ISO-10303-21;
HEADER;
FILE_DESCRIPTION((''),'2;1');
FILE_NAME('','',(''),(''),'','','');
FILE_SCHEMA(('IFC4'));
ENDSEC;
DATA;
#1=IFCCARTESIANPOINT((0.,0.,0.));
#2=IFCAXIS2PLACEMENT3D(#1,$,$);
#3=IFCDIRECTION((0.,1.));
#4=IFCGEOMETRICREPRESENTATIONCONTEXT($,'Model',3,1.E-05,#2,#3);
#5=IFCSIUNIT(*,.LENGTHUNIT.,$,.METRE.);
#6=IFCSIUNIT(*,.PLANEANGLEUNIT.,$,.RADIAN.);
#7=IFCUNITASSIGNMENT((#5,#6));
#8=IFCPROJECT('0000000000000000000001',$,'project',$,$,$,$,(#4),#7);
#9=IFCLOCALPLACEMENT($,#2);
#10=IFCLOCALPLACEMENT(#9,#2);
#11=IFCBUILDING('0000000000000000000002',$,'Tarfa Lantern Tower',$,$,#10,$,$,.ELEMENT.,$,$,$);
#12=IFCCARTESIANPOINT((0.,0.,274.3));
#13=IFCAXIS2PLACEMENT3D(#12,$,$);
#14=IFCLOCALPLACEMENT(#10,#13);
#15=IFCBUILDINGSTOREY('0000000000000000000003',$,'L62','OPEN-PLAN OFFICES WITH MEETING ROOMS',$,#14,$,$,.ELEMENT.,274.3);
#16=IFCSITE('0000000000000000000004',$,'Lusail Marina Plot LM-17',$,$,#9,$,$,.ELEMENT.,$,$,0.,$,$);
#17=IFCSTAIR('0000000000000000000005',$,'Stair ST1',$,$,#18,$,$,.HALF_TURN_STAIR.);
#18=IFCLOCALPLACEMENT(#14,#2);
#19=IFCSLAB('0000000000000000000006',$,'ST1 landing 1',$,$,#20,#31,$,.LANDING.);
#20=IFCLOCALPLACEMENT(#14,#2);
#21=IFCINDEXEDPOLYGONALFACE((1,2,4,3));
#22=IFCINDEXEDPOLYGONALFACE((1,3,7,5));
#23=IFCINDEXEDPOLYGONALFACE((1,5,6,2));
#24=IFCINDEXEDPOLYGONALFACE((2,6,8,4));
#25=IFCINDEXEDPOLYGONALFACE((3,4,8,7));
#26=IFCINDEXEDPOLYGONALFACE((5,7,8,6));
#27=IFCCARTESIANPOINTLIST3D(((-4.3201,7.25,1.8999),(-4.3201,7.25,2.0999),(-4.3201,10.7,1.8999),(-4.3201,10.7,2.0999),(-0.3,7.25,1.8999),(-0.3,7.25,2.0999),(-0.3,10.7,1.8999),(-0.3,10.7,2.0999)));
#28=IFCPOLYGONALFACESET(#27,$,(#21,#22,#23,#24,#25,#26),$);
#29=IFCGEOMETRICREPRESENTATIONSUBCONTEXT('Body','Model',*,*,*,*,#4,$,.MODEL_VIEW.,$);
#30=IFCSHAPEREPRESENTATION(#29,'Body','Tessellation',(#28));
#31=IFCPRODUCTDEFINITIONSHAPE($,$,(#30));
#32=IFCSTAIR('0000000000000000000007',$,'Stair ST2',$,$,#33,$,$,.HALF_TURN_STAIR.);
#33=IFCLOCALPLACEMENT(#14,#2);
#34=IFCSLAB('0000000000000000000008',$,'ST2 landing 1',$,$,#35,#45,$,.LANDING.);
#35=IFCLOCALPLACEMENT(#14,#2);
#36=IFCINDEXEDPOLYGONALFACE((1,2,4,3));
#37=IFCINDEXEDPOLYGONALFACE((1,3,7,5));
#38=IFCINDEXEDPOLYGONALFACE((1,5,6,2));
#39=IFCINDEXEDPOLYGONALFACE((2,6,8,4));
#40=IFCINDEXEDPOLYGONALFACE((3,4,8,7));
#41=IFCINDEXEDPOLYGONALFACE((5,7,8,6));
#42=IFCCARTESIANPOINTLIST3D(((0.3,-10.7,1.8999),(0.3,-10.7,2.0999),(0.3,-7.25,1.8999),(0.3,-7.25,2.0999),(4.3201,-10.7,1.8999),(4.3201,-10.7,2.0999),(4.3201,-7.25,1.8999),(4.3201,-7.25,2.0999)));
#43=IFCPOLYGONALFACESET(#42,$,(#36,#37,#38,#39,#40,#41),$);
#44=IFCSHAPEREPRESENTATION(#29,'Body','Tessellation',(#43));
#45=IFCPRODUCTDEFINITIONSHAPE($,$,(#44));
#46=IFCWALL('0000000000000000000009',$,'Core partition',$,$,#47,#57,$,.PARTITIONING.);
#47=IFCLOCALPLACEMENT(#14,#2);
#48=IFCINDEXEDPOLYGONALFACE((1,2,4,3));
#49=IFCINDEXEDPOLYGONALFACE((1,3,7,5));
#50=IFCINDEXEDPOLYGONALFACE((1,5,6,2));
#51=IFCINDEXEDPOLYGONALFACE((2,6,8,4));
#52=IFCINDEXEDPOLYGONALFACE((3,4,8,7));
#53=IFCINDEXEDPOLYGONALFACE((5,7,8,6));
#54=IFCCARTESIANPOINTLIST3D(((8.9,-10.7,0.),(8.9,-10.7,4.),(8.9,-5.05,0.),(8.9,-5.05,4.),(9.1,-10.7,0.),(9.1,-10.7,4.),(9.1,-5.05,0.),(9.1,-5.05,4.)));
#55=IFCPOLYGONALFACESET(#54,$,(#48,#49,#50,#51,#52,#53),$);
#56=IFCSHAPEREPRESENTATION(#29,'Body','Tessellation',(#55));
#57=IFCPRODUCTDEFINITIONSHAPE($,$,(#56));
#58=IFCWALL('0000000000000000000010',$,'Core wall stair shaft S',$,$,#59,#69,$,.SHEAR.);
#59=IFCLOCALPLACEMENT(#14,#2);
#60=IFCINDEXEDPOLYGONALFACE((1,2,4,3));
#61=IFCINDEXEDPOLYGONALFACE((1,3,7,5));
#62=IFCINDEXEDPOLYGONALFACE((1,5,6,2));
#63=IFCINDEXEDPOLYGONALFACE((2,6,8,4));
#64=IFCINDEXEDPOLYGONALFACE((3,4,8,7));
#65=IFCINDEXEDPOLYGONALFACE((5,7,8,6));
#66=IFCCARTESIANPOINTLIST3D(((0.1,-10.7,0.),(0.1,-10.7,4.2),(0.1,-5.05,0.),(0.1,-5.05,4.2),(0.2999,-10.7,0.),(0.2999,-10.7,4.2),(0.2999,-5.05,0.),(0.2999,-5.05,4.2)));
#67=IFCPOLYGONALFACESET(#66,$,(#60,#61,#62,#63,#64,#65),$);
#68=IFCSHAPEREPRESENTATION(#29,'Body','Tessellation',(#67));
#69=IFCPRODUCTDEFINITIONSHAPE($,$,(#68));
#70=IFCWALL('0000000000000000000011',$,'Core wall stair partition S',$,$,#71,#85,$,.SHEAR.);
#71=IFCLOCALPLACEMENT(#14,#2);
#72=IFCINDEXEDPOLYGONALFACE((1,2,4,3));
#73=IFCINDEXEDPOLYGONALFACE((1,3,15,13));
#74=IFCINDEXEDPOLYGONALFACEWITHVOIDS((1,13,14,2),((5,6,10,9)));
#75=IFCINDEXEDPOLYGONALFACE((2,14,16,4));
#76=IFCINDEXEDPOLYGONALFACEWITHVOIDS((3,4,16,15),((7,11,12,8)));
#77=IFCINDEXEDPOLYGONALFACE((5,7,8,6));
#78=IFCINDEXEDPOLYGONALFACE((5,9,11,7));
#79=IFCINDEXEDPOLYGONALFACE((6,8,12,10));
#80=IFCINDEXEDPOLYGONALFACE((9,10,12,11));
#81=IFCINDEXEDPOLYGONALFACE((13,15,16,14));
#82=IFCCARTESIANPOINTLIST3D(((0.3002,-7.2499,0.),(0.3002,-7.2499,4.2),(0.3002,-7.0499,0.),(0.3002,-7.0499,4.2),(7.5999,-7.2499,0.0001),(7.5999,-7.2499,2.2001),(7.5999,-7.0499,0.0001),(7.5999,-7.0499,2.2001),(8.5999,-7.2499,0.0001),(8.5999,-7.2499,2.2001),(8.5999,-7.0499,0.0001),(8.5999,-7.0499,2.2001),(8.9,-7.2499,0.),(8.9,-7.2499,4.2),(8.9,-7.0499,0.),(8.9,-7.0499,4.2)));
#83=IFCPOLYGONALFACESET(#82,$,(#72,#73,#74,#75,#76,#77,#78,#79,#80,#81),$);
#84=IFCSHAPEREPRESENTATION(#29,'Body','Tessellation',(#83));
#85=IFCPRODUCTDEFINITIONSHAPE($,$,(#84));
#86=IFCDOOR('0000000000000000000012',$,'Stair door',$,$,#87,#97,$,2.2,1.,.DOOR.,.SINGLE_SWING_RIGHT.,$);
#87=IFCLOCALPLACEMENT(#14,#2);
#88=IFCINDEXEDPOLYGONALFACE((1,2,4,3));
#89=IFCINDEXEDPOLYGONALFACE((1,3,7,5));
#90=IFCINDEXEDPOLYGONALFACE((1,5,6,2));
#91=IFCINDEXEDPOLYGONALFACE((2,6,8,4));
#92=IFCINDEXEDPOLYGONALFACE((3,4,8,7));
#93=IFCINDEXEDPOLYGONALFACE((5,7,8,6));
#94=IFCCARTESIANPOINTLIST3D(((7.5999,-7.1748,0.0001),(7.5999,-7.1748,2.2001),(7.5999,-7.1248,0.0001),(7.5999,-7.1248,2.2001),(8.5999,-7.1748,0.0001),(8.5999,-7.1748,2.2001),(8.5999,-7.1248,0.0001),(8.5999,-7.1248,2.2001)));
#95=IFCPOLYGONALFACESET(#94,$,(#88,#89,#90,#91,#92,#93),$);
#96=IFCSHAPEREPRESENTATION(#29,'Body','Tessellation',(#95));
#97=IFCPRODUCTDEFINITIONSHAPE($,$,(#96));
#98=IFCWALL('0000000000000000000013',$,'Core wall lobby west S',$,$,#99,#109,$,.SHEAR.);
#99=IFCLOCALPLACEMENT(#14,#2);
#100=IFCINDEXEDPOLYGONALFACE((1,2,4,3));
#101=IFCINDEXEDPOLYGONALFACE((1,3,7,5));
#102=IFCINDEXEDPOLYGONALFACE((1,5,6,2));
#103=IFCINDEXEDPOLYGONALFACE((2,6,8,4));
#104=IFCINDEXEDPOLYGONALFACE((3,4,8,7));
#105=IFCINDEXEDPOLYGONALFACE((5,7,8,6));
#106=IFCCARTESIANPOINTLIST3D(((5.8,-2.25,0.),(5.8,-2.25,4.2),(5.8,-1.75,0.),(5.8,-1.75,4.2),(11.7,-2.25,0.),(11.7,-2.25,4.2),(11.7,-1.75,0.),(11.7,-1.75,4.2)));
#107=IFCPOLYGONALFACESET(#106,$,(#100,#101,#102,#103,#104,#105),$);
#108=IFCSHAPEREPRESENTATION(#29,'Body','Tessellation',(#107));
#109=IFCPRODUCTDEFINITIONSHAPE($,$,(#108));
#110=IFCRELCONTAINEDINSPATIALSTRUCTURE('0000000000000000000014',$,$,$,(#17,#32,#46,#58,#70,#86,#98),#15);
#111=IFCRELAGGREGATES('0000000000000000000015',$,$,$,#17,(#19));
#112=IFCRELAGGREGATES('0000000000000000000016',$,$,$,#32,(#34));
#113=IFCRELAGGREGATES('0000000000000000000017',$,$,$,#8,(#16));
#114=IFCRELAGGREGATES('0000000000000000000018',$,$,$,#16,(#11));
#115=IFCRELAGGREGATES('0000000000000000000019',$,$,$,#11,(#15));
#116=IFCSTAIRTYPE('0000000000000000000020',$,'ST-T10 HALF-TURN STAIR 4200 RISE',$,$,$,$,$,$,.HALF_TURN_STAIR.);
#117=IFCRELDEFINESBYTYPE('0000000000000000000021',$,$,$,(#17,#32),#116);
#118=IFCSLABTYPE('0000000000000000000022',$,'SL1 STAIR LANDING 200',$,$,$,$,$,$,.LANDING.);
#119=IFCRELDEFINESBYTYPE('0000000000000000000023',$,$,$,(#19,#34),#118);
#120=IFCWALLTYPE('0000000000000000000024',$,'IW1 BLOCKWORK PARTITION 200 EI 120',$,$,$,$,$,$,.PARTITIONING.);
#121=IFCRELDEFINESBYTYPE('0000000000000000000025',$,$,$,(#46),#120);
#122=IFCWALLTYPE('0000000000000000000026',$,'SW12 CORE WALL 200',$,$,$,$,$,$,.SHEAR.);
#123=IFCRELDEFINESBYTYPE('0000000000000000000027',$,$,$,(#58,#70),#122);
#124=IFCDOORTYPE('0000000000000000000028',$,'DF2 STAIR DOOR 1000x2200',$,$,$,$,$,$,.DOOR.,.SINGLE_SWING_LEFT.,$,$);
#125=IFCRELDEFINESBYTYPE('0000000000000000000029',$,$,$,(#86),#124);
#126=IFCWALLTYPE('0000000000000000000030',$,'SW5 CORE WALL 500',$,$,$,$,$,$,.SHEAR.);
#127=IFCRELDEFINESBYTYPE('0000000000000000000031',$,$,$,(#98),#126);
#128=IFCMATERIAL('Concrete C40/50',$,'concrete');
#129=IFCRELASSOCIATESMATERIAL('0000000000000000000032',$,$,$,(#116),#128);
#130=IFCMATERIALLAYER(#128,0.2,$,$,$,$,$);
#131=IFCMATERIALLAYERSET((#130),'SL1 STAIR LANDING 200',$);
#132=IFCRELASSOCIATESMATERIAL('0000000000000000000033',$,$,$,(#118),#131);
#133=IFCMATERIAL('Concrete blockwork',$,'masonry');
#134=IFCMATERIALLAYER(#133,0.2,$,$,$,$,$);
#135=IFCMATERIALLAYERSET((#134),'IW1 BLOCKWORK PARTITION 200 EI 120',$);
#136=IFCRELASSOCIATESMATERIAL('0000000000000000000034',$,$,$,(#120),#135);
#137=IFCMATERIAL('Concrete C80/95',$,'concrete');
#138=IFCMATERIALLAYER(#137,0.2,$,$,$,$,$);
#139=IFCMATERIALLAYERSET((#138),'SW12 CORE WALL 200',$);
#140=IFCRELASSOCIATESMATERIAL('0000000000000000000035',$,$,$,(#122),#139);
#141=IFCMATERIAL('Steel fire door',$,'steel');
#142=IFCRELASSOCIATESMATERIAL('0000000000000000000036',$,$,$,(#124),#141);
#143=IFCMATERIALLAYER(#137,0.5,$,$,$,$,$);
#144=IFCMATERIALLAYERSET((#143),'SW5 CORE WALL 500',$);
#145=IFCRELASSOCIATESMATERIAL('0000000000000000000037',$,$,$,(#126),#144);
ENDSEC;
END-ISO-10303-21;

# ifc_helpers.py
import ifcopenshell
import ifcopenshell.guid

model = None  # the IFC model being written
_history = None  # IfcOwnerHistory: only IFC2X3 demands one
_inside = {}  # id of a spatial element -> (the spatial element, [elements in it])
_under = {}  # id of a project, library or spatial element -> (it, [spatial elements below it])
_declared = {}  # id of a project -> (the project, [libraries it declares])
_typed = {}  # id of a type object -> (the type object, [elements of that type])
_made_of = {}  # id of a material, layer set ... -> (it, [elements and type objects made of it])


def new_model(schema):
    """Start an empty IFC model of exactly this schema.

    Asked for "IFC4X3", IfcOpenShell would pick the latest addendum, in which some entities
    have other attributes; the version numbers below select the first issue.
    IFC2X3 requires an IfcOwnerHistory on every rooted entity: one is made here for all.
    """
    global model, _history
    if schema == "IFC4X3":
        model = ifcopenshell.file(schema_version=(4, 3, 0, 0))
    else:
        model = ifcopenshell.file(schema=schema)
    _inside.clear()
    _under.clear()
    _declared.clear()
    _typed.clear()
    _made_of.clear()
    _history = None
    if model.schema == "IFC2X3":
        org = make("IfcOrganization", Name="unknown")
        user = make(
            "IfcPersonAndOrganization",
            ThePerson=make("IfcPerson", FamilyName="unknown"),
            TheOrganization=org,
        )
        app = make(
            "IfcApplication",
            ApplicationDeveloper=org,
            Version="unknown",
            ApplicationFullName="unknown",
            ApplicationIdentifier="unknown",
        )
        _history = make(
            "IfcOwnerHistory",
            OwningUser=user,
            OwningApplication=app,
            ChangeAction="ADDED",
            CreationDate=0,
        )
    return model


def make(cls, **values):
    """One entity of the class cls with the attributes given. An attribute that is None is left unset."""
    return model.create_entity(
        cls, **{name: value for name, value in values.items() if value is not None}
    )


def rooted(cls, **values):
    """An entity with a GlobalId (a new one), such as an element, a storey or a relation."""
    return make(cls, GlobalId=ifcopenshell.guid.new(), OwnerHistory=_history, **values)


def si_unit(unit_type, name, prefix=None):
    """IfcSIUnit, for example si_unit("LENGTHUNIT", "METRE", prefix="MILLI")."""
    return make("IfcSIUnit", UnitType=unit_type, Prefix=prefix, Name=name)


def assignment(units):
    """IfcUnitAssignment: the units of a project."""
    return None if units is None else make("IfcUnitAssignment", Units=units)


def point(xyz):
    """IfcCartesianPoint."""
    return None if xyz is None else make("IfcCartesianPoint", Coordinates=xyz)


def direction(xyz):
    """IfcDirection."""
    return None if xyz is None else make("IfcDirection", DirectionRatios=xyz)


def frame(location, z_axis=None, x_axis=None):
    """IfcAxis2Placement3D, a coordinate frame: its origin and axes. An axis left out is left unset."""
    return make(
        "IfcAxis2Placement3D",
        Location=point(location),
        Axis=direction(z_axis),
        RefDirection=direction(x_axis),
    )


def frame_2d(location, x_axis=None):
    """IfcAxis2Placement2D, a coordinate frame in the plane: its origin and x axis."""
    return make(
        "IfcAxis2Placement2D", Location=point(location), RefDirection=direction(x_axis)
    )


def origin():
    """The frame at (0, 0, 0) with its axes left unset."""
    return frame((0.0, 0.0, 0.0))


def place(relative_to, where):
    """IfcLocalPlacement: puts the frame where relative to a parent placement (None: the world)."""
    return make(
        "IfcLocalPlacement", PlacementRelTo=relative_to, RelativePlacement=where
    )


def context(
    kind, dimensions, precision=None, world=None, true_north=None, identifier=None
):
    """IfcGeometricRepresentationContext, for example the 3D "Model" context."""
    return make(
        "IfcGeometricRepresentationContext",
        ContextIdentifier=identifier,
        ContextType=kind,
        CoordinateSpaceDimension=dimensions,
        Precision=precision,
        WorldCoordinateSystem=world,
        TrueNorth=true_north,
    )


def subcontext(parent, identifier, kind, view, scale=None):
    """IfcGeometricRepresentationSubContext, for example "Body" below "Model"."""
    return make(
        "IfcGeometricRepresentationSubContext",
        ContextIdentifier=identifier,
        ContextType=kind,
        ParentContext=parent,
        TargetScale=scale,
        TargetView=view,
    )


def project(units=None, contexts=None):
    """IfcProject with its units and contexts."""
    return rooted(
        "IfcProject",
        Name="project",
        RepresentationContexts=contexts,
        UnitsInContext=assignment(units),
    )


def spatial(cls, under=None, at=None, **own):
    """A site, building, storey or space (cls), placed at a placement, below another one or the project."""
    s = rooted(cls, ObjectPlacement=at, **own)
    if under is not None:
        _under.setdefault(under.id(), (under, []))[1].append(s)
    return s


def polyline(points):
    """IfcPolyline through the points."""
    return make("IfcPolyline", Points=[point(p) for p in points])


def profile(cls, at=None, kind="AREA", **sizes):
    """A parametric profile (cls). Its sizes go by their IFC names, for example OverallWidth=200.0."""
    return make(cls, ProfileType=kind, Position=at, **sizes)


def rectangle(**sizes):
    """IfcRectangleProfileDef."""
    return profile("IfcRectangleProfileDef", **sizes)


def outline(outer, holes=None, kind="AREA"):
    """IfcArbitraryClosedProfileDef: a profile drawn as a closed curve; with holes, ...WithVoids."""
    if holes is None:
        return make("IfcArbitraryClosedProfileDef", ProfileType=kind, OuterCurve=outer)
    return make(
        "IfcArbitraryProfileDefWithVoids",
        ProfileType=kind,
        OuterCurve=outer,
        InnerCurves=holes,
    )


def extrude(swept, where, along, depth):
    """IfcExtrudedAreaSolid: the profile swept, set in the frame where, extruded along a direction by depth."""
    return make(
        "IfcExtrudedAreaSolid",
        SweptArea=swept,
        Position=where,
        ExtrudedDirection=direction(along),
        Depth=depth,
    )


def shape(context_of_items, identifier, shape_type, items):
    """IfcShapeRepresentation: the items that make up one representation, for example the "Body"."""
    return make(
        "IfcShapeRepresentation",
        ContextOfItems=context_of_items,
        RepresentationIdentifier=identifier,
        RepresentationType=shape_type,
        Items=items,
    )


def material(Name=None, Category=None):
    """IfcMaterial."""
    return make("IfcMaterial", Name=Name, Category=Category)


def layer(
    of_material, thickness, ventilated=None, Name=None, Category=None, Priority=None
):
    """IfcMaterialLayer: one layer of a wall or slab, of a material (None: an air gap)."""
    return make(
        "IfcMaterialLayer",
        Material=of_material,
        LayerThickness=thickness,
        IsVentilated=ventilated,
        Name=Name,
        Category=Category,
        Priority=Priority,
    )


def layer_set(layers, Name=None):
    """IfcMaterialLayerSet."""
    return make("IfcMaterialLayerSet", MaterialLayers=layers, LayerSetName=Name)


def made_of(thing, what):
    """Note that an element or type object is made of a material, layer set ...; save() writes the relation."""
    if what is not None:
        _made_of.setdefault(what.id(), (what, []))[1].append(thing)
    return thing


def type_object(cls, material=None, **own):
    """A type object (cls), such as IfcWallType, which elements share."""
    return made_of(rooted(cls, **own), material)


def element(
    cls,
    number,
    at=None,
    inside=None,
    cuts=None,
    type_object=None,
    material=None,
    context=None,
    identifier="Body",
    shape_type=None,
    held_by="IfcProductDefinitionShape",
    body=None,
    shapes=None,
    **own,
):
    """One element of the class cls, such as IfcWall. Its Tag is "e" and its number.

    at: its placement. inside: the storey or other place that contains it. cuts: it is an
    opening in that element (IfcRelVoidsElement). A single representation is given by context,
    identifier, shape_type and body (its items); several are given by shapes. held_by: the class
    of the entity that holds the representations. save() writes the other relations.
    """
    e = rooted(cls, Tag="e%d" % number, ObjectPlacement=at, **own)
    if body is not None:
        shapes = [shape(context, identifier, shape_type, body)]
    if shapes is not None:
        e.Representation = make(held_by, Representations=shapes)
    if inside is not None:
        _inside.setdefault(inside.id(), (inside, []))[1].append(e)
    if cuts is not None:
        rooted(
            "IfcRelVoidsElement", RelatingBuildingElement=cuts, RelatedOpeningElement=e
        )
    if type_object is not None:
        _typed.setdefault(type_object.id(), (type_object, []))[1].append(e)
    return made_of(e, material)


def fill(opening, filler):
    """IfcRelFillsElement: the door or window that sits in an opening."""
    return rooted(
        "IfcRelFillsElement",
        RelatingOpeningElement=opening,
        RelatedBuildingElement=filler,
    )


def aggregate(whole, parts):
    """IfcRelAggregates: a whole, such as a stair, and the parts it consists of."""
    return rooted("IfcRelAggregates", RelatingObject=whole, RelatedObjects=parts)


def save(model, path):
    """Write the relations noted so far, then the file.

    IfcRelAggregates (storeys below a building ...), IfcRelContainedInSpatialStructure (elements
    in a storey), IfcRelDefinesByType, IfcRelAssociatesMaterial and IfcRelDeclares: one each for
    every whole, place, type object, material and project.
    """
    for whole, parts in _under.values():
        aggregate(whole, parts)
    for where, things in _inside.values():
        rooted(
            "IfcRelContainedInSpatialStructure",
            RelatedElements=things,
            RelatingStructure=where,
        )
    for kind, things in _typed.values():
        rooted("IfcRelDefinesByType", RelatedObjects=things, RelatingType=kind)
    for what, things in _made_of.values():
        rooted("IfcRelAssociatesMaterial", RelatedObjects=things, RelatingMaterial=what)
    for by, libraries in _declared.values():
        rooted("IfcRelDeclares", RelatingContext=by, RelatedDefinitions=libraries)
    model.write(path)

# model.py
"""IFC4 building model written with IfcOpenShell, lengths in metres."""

from ifc_helpers import new_model, si_unit, direction, frame, frame_2d, origin, place, context, subcontext, project, spatial, polyline, rectangle, outline, extrude, material, layer, layer_set, type_object, element, fill, aggregate, save


model = new_model("IFC4")

# Units and contexts
model_context = context("Model", 3, precision=1e-05, world=origin(), true_north=direction((0.0, 1.0)))
body_context = subcontext(model_context, "Body", "Model", "MODEL_VIEW")
ifc_project = project(units=[si_unit("LENGTHUNIT", "METRE"), si_unit("PLANEANGLEUNIT", "RADIAN")], contexts=[model_context])

# Site, building, storey
site_placement = place(None, origin())
site = spatial("IfcSite", under=ifc_project, at=site_placement, Name="Lusail Marina Plot LM-17", CompositionType="ELEMENT", RefElevation=0.0)
building_placement = place(site_placement, origin())
building = spatial("IfcBuilding", under=site, at=building_placement, Name="Tarfa Lantern Tower", CompositionType="ELEMENT")
storey_placement = place(building_placement, frame((0.0, 0.0, 274.3)))
storey = spatial("IfcBuildingStorey", under=building, at=storey_placement, Name="L62", Description="OPEN-PLAN OFFICES WITH MEETING ROOMS", CompositionType="ELEMENT", Elevation=274.3)

# Stairs, slabs
ifc_material_1 = material(Name="Concrete C40/50", Category="concrete")
stair_type = type_object("IfcStairType", Name="ST-T10 HALF-TURN STAIR 4200 RISE", PredefinedType="HALF_TURN_STAIR", material=ifc_material_1)
stair_1_placement = place(storey_placement, origin())
stair_1 = element("IfcStair", 1, at=stair_1_placement, inside=storey, type_object=stair_type, Name="Stair ST1", PredefinedType="HALF_TURN_STAIR")
ifc_layer_1 = layer(ifc_material_1, 0.2)
ifc_layer_set_1 = layer_set([ifc_layer_1], Name="SL1 STAIR LANDING 200")
slab_type = type_object("IfcSlabType", Name="SL1 STAIR LANDING 200", PredefinedType="LANDING", material=ifc_layer_set_1)
slab_1_placement = place(storey_placement, frame((0.0, 0.0, 1.8999)))
slab_1 = element("IfcSlab", 2, at=slab_1_placement, type_object=slab_type, Name="ST1 landing 1", PredefinedType="LANDING", context=body_context, shape_type="SweptSolid", body=[
    extrude(outline(polyline([(-4.3201, 7.25), (-0.3, 7.25), (-0.3, 10.7), (-4.3201, 10.7), (-4.3201, 7.25)])), origin(), (0.0, 0.0, 1.0), 0.2),
])
aggregate(stair_1, [slab_1])
stair_2_placement = place(storey_placement, origin())
stair_2 = element("IfcStair", 3, at=stair_2_placement, inside=storey, type_object=stair_type, Name="Stair ST2", PredefinedType="HALF_TURN_STAIR")
slab_2_placement = place(storey_placement, frame((0.0, 0.0, 1.8999)))
slab_2 = element("IfcSlab", 4, at=slab_2_placement, type_object=slab_type, Name="ST2 landing 1", PredefinedType="LANDING", context=body_context, shape_type="SweptSolid", body=[
    extrude(outline(polyline([(4.3201, -7.25), (0.3, -7.25), (0.3, -10.7), (4.3201, -10.7), (4.3201, -7.25)])), origin(), (0.0, 0.0, 1.0), 0.2),
])

# Walls
ifc_material_2 = material(Name="Concrete blockwork", Category="masonry")
ifc_layer_2 = layer(ifc_material_2, 0.2)
ifc_layer_set_2 = layer_set([ifc_layer_2], Name="IW1 BLOCKWORK PARTITION 200 EI 120")
wall_type_1 = type_object("IfcWallType", Name="IW1 BLOCKWORK PARTITION 200 EI 120", PredefinedType="PARTITIONING", material=ifc_layer_set_2)
wall_1_placement = place(storey_placement, frame((9.0, -5.05, 0.0), z_axis=(0.0, 0.0, 1.0), x_axis=(0.0, -1.0, 0.0)))
element("IfcWall", 5, at=wall_1_placement, inside=storey, type_object=wall_type_1, Name="Core partition", PredefinedType="PARTITIONING", context=body_context, shape_type="SweptSolid", body=[
    extrude(rectangle(XDim=5.6499, YDim=0.2, at=frame_2d((2.825, 0.0))), origin(), (0.0, 0.0, 1.0), 4.0),
])
ifc_material_3 = material(Name="Concrete C80/95", Category="concrete")
ifc_layer_3 = layer(ifc_material_3, 0.2)
ifc_layer_set_3 = layer_set([ifc_layer_3], Name="SW12 CORE WALL 200")
wall_type_2 = type_object("IfcWallType", Name="SW12 CORE WALL 200", PredefinedType="SHEAR", material=ifc_layer_set_3)
wall_2_placement = place(storey_placement, frame((0.2, -5.05, 0.0), z_axis=(0.0, 0.0, 1.0), x_axis=(0.0, -1.0, 0.0)))
element("IfcWall", 6, at=wall_2_placement, inside=storey, type_object=wall_type_2, Name="Core wall stair shaft S", PredefinedType="SHEAR", context=body_context, shape_type="SweptSolid", body=[
    extrude(rectangle(XDim=5.6499, YDim=0.2, at=frame_2d((2.825, 0.0))), origin(), (0.0, 0.0, 1.0), 4.2),
])

# Wall, opening, door
wall_3_placement = place(storey_placement, frame((8.8999, -7.1499, 0.0), z_axis=(0.0, 0.0, 1.0), x_axis=(-1.0, 0.0, 0.0)))
wall_3 = element("IfcWall", 7, at=wall_3_placement, inside=storey, type_object=wall_type_2, Name="Core wall stair partition S", PredefinedType="SHEAR", context=body_context, shape_type="SweptSolid", body=[
    extrude(rectangle(XDim=8.5999, YDim=0.2, at=frame_2d((4.2998, 0.0))), origin(), (0.0, 0.0, 1.0), 4.2),
])
opening_1_placement = place(wall_3_placement, frame((0.3, 0.0, 0.0)))
opening_1 = element("IfcOpeningElement", 8, at=opening_1_placement, cuts=wall_3, PredefinedType="OPENING", context=body_context, shape_type="SweptSolid", body=[
    extrude(rectangle(XDim=1.0, YDim=2.2, at=frame_2d((0.5, 1.1001))), frame((0.0, 0.1099, 0.0), z_axis=(0.0, -1.0, 0.0), x_axis=(1.0, 0.0, 0.0)), (0.0, 0.0, 1.0), 0.22),
])
ifc_material_4 = material(Name="Steel fire door", Category="steel")
door_type_1 = type_object("IfcDoorType", Name="DF2 STAIR DOOR 1000x2200", OperationType="SINGLE_SWING_LEFT", PredefinedType="DOOR", material=ifc_material_4)
door_1_placement = place(opening_1_placement, origin())
door_1 = element("IfcDoor", 9, at=door_1_placement, inside=storey, type_object=door_type_1, Name="Stair door", OperationType="SINGLE_SWING_RIGHT", OverallHeight=2.2, OverallWidth=1.0, PredefinedType="DOOR", context=body_context, shape_type="SweptSolid", body=[
    extrude(rectangle(XDim=1.0, YDim=2.2, at=frame_2d((0.5, 1.1001))), frame((0.0, 0.0249, 0.0), z_axis=(0.0, -1.0, 0.0), x_axis=(1.0, 0.0, 0.0)), (0.0, 0.0, 1.0), 0.05),
])
fill(opening_1, door_1)

# Wall
ifc_layer_4 = layer(ifc_material_3, 0.5)
ifc_layer_set_4 = layer_set([ifc_layer_4], Name="SW5 CORE WALL 500")
wall_type_3 = type_object("IfcWallType", Name="SW5 CORE WALL 500", PredefinedType="SHEAR", material=ifc_layer_set_4)
wall_4_placement = place(storey_placement, frame((11.7, -2.0, 0.0), z_axis=(0.0, 0.0, 1.0), x_axis=(-1.0, 0.0, 0.0)))
element("IfcWall", 10, at=wall_4_placement, inside=storey, type_object=wall_type_3, Name="Core wall lobby west S", PredefinedType="SHEAR", context=body_context, shape_type="SweptSolid", body=[
    extrude(rectangle(XDim=5.8999, YDim=0.5, at=frame_2d((2.95, 0.0))), origin(), (0.0, 0.0, 1.0), 4.2),
])

aggregate(stair_2, [slab_2])

save(model, "model.ifc")
